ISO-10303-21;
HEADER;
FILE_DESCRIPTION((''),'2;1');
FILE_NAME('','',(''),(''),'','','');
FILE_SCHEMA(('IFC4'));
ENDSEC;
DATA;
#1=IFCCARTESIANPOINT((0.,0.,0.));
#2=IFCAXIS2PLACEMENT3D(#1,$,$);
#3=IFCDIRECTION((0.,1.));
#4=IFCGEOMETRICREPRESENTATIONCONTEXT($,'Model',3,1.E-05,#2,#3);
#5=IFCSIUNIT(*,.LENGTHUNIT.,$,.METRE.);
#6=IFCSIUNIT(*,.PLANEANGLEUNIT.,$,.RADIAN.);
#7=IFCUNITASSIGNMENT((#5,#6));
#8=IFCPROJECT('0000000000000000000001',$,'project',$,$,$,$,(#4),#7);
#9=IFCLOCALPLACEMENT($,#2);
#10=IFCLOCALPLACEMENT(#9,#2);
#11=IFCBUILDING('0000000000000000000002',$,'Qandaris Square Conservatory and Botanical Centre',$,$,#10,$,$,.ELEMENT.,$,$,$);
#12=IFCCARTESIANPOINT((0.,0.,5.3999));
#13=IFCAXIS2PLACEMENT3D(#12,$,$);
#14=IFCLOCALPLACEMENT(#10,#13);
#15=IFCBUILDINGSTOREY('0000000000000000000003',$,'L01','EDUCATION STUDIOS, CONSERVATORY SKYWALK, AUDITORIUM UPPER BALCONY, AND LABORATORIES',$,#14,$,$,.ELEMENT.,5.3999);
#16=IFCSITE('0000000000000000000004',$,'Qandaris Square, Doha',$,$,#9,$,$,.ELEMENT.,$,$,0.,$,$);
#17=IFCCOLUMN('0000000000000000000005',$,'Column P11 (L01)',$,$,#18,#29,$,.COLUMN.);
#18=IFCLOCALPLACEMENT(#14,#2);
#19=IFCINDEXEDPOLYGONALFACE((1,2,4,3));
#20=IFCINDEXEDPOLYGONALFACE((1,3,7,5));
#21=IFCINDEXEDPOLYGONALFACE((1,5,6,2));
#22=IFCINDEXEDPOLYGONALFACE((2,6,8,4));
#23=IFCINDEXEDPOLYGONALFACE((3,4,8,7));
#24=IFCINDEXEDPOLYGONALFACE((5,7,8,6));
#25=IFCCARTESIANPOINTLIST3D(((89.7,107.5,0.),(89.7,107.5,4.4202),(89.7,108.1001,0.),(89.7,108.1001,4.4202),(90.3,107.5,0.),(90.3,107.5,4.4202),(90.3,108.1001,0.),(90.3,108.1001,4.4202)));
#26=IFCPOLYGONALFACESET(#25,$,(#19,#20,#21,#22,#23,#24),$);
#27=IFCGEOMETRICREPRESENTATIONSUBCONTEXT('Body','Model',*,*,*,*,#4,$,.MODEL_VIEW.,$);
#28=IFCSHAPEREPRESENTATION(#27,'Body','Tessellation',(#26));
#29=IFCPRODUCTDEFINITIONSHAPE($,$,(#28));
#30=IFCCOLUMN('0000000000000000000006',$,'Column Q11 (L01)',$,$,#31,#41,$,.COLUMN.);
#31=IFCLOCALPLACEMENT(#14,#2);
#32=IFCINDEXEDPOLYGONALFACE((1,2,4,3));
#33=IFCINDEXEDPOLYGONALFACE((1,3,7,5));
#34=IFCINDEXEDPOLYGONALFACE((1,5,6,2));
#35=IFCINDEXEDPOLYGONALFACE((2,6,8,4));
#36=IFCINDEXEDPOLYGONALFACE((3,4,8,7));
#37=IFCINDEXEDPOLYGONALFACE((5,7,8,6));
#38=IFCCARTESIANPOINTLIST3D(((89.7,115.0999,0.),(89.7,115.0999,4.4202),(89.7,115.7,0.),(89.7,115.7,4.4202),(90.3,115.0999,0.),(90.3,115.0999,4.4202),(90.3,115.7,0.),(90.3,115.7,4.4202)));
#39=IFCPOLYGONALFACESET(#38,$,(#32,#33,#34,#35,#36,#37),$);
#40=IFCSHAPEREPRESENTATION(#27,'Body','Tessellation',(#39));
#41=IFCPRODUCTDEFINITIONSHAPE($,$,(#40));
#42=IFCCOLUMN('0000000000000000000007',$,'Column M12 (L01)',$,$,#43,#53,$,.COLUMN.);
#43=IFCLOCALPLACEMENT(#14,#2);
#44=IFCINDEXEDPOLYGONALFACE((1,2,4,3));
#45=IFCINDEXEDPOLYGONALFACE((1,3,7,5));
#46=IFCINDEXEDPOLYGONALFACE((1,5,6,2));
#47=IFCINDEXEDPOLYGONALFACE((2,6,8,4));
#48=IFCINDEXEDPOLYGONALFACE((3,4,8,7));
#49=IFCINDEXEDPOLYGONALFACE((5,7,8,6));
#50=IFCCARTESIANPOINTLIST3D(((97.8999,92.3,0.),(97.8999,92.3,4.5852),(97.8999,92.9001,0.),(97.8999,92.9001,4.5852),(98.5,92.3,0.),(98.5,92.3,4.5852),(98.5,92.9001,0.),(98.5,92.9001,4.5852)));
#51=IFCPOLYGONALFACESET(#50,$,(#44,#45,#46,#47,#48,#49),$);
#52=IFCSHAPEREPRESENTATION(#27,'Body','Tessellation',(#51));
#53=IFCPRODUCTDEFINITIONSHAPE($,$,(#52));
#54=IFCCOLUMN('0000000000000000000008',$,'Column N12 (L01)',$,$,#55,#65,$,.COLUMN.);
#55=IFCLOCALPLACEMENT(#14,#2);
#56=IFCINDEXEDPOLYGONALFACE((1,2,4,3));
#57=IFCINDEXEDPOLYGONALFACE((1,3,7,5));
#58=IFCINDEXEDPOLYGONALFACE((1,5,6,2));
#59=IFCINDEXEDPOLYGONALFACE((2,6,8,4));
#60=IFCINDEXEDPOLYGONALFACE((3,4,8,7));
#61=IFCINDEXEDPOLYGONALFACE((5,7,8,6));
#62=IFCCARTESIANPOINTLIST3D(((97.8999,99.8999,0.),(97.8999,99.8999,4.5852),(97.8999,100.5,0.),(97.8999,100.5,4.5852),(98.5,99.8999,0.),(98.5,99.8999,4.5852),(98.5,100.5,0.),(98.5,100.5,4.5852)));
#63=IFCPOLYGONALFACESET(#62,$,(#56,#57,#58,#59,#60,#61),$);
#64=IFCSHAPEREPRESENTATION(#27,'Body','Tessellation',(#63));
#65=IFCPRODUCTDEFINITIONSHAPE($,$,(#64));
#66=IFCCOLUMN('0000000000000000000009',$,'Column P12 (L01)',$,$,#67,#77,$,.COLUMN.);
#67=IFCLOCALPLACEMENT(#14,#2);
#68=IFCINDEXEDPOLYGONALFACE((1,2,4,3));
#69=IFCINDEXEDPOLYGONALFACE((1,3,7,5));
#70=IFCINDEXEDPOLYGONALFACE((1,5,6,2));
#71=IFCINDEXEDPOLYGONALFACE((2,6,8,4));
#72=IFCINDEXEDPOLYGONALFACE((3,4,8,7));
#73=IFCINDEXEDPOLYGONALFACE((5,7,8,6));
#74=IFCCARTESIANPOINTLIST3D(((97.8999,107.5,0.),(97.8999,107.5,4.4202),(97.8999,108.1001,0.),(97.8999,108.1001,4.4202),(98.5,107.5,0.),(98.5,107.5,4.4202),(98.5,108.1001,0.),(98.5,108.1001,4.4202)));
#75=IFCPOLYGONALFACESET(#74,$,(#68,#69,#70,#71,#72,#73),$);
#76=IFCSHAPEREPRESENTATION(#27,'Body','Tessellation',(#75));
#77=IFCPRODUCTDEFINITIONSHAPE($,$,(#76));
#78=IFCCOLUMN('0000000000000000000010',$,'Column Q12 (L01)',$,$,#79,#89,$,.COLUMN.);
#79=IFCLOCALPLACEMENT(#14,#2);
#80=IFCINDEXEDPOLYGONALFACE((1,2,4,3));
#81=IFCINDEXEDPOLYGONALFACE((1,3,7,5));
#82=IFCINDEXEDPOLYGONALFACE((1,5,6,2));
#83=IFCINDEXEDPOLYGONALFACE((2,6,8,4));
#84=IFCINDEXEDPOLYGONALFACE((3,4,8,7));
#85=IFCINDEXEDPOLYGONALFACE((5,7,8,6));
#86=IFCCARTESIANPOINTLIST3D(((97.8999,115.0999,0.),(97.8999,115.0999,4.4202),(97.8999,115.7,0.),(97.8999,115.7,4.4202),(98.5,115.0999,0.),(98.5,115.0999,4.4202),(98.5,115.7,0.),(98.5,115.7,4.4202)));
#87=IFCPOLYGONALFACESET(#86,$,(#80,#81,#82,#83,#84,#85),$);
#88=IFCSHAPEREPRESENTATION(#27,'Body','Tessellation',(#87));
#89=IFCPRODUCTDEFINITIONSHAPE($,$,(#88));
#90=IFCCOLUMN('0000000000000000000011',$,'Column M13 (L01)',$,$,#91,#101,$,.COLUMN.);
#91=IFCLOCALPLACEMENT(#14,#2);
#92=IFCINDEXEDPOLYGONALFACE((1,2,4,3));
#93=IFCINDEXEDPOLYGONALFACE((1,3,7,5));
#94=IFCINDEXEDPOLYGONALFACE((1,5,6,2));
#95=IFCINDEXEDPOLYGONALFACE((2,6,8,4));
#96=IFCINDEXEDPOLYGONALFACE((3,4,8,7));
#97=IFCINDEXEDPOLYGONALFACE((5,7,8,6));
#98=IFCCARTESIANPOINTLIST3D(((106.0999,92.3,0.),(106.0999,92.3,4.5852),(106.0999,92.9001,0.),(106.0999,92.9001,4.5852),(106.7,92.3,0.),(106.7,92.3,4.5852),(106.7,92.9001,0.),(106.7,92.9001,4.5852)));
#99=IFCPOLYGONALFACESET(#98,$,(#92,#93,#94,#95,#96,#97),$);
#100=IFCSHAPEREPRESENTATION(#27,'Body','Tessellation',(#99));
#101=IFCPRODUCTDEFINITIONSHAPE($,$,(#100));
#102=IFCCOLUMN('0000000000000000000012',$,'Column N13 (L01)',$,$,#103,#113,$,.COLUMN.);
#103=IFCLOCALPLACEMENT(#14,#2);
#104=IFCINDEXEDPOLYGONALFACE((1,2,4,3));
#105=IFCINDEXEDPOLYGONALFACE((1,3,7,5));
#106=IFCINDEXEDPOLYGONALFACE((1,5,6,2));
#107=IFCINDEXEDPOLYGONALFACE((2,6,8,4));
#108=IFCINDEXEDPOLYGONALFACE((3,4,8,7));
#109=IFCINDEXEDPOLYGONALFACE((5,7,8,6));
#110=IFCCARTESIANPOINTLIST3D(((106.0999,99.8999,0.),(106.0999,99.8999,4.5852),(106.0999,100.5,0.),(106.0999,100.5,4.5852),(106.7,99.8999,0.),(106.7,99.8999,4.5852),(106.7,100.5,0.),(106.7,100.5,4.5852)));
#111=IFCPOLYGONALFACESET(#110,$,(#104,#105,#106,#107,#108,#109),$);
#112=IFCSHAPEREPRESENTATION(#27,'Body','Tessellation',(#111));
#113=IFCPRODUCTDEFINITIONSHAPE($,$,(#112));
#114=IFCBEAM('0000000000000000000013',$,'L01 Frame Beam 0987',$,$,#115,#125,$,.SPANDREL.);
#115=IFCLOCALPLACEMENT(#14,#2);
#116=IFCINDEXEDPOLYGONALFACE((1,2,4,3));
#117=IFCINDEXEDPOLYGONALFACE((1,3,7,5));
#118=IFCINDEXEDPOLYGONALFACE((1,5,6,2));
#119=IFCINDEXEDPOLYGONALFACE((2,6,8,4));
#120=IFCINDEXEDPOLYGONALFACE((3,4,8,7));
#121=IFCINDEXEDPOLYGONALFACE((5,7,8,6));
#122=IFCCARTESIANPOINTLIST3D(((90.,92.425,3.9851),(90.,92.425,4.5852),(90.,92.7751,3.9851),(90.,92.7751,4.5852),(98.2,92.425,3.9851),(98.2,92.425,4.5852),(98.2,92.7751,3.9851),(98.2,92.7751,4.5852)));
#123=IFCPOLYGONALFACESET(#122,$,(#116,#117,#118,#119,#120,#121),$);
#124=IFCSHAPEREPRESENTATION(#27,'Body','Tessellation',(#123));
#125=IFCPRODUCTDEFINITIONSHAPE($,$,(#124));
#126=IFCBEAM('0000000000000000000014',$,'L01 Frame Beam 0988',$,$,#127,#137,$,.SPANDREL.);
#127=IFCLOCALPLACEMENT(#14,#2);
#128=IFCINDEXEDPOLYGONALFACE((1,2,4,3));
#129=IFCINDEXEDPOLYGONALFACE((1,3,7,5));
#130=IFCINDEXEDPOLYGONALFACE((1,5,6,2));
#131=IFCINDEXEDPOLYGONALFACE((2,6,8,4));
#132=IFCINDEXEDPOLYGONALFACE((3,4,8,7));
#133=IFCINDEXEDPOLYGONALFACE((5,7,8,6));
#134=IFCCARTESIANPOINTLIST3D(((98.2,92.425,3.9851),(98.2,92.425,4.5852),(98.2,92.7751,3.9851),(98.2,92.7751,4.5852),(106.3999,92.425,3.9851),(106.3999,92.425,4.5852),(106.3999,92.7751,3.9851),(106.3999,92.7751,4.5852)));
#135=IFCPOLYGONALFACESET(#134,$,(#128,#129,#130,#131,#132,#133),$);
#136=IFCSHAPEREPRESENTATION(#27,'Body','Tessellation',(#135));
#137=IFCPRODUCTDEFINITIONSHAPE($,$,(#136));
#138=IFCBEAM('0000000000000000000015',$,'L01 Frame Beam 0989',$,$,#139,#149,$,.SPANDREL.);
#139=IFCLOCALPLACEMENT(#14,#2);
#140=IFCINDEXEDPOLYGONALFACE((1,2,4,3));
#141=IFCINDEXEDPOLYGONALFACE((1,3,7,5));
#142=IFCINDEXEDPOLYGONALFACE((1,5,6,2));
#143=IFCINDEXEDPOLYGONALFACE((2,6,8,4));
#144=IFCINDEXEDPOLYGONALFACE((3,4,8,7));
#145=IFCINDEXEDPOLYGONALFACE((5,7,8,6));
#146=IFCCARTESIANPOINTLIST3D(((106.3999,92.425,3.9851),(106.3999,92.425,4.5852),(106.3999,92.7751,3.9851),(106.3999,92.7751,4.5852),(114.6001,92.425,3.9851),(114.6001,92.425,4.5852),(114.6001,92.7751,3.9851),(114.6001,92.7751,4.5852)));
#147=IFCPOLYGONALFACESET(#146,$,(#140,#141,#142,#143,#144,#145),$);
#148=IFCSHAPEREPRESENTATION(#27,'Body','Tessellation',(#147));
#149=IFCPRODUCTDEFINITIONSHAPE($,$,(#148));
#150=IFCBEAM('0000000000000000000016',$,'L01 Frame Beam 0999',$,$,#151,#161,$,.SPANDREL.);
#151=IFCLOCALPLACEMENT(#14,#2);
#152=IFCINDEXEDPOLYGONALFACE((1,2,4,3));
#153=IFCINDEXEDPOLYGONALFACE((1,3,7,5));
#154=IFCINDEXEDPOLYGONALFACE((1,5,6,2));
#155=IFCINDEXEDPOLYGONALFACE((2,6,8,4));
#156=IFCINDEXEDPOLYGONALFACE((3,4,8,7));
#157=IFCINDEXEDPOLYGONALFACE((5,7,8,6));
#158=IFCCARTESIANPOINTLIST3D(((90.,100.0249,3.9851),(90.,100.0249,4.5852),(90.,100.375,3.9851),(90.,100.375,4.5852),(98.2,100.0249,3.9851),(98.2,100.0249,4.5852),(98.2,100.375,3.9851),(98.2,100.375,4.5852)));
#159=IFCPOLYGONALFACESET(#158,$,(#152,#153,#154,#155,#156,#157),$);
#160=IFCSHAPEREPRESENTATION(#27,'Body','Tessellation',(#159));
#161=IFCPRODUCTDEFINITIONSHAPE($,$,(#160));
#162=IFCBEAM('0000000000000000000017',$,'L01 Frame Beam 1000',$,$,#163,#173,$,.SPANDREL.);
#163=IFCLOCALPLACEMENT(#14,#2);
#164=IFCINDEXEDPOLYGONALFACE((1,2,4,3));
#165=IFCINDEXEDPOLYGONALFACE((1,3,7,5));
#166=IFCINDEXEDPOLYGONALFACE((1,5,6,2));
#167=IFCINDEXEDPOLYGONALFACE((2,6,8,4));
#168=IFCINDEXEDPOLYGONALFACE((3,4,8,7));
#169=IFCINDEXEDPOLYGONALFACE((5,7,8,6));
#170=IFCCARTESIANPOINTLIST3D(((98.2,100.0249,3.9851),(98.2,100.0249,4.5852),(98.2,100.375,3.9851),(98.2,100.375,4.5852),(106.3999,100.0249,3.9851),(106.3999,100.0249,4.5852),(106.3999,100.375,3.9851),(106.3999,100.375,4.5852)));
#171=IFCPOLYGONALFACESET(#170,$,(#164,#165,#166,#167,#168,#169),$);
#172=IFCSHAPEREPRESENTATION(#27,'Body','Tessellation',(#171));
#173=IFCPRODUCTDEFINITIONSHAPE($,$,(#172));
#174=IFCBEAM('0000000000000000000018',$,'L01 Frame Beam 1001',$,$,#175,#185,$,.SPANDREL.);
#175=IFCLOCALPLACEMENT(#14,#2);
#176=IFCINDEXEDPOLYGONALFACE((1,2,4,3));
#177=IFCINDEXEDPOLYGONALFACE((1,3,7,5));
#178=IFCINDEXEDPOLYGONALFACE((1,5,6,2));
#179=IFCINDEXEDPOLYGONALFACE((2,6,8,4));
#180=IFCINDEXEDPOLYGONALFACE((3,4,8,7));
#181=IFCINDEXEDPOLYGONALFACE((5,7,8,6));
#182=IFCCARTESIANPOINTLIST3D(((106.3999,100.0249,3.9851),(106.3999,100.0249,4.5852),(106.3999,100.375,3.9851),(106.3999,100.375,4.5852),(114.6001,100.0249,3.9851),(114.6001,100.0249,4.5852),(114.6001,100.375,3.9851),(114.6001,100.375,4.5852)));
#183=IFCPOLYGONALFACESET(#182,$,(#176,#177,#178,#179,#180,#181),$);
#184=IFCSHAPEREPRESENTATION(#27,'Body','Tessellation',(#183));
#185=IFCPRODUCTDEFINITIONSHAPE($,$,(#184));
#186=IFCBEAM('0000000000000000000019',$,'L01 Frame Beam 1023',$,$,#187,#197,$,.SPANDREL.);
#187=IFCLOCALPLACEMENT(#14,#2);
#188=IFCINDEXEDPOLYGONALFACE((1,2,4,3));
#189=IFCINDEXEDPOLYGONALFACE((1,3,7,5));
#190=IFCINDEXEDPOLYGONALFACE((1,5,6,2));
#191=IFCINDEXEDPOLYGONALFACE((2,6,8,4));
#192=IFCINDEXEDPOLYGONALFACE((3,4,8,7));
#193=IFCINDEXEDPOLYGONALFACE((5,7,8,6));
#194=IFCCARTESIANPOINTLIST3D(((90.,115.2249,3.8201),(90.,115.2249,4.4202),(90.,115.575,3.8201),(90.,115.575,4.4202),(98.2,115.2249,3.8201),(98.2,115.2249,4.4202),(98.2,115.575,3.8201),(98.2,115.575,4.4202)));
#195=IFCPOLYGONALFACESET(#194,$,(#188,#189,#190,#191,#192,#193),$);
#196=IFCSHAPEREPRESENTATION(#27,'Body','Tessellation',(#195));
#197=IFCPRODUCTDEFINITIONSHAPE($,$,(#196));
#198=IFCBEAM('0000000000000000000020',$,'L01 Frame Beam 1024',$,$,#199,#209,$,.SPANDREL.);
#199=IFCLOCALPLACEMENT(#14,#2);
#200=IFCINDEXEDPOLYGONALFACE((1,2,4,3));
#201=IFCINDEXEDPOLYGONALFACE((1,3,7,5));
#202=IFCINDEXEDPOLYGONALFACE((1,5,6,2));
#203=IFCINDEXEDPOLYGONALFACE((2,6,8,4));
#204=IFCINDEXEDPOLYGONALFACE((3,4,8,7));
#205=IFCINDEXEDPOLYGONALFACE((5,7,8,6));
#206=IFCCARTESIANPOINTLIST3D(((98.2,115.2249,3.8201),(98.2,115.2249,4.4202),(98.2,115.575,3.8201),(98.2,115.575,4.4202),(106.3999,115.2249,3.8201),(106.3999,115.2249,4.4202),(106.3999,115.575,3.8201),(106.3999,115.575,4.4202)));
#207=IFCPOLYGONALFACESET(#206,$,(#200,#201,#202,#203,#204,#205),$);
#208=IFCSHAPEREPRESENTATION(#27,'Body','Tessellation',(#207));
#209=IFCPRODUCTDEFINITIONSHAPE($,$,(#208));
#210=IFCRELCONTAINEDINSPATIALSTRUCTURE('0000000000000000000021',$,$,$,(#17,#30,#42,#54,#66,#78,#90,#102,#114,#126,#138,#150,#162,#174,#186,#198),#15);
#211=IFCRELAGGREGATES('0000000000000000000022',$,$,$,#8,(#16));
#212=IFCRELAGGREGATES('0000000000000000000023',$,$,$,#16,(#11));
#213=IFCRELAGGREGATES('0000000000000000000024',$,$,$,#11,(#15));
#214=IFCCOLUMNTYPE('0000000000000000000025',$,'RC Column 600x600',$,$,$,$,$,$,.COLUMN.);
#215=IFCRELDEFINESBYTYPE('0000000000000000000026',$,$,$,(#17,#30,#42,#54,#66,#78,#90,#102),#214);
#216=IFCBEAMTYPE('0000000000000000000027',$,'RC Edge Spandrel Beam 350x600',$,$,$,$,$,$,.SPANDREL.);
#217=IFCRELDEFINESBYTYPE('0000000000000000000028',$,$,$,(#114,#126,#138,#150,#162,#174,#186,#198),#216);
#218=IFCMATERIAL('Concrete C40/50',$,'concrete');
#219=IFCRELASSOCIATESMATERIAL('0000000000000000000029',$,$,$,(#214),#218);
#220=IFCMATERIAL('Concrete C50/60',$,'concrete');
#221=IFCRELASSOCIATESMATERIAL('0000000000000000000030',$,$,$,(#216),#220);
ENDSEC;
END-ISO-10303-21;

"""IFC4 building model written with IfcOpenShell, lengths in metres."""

from ifc_helpers import new_model, si_unit, direction, frame, origin, origin_2d, place, context, subcontext, project, spatial, rectangle, extrude, material, material_profile, profile_set, type_object, element, save


model = new_model("IFC4")

# Units and contexts
model_context = context("Model", 3, precision=1e-05, world=origin(), true_north=direction((0.0, 1.0)))
body_context = subcontext(model_context, "Body", "Model", "MODEL_VIEW")
ifc_project = project(units=[si_unit("LENGTHUNIT", "METRE"), si_unit("PLANEANGLEUNIT", "RADIAN")], contexts=[model_context])

# Site, building, storey
site_placement = place(None, origin())
site = spatial("IfcSite", under=ifc_project, at=site_placement, Name="Qandaris Square, Doha", CompositionType="ELEMENT", RefElevation=0.0)
building_placement = place(site_placement, origin())
building = spatial("IfcBuilding", under=site, at=building_placement, Name="Qandaris Square Conservatory and Botanical Centre", CompositionType="ELEMENT")
storey_placement = place(building_placement, frame((0.0, 0.0, 5.3999)))
storey = spatial("IfcBuildingStorey", under=building, at=storey_placement, Name="L01", Description="EDUCATION STUDIOS, CONSERVATORY SKYWALK, AUDITORIUM UPPER BALCONY, AND LABORATORIES", CompositionType="ELEMENT", Elevation=5.3999)

# Columns
ifc_material_1 = material(Name="Concrete C40/50", Category="concrete")
ifc_material_profile_1 = material_profile(ifc_material_1, rectangle(XDim=0.6001, YDim=0.6001, at=origin_2d()), Name="RC-COL 600x600")
ifc_profile_set_1 = profile_set([ifc_material_profile_1], Name="Concrete C40/50")
column_type = type_object("IfcColumnType", Name="RC Column 600x600", PredefinedType="COLUMN", material=ifc_profile_set_1)
for number, where, z_axis, x_axis, name in (
    (1, (90.0, 107.8, 0.0), (0.0, 0.0, 1.0), (1.0, 0.0, 0.0), "Column P11 (L01)"),
    (2, (90.0, 115.3999, 0.0), (0.0, 0.0, 1.0), (1.0, 0.0, 0.0), "Column Q11 (L01)"),
):
    element("IfcColumn", number, at=place(storey_placement, frame(where, z_axis=z_axis, x_axis=x_axis)), inside=storey, type_object=column_type, Name=name, PredefinedType="COLUMN", context=body_context, shape_type="SweptSolid", body=[
        extrude(rectangle(XDim=0.6001, YDim=0.6001, at=origin_2d()), origin(), (0.0, 0.0, 1.0), 4.4202),
    ])
for number, where, z_axis, x_axis, name in (
    (3, (98.2, 92.6001, 0.0), (0.0, 0.0, 1.0), (1.0, 0.0, 0.0), "Column M12 (L01)"),
    (4, (98.2, 100.2, 0.0), (0.0, 0.0, 1.0), (1.0, 0.0, 0.0), "Column N12 (L01)"),
):
    element("IfcColumn", number, at=place(storey_placement, frame(where, z_axis=z_axis, x_axis=x_axis)), inside=storey, type_object=column_type, Name=name, PredefinedType="COLUMN", context=body_context, shape_type="SweptSolid", body=[
        extrude(rectangle(XDim=0.6001, YDim=0.6001, at=origin_2d()), origin(), (0.0, 0.0, 1.0), 4.5852),
    ])
for number, where, z_axis, x_axis, name in (
    (5, (98.2, 107.8, 0.0), (0.0, 0.0, 1.0), (1.0, 0.0, 0.0), "Column P12 (L01)"),
    (6, (98.2, 115.3999, 0.0), (0.0, 0.0, 1.0), (1.0, 0.0, 0.0), "Column Q12 (L01)"),
):
    element("IfcColumn", number, at=place(storey_placement, frame(where, z_axis=z_axis, x_axis=x_axis)), inside=storey, type_object=column_type, Name=name, PredefinedType="COLUMN", context=body_context, shape_type="SweptSolid", body=[
        extrude(rectangle(XDim=0.6001, YDim=0.6001, at=origin_2d()), origin(), (0.0, 0.0, 1.0), 4.4202),
    ])
for number, where, z_axis, x_axis, name in (
    (7, (106.3999, 92.6001, 0.0), (0.0, 0.0, 1.0), (1.0, 0.0, 0.0), "Column M13 (L01)"),
    (8, (106.3999, 100.2, 0.0), (0.0, 0.0, 1.0), (1.0, 0.0, 0.0), "Column N13 (L01)"),
):
    element("IfcColumn", number, at=place(storey_placement, frame(where, z_axis=z_axis, x_axis=x_axis)), inside=storey, type_object=column_type, Name=name, PredefinedType="COLUMN", context=body_context, shape_type="SweptSolid", body=[
        extrude(rectangle(XDim=0.6001, YDim=0.6001, at=origin_2d()), origin(), (0.0, 0.0, 1.0), 4.5852),
    ])

# Beams
ifc_material_2 = material(Name="Concrete C50/60", Category="concrete")
ifc_material_profile_2 = material_profile(ifc_material_2, rectangle(XDim=0.3501, YDim=0.6001, at=origin_2d()), Name="RC-SP 350x600")
ifc_profile_set_2 = profile_set([ifc_material_profile_2], Name="Concrete C50/60")
beam_type_1 = type_object("IfcBeamType", Name="RC Edge Spandrel Beam 350x600", PredefinedType="SPANDREL", material=ifc_profile_set_2)
for number, where, z_axis, x_axis, name in (
    (9, (90.0, 92.6001, 4.2852), (1.0, 0.0, 0.0), (0.0, 1.0, 0.0), "L01 Frame Beam 0987"),
    (10, (98.2, 92.6001, 4.2852), (1.0, 0.0, 0.0), (0.0, 1.0, 0.0), "L01 Frame Beam 0988"),
):
    element("IfcBeam", number, at=place(storey_placement, frame(where, z_axis=z_axis, x_axis=x_axis)), inside=storey, type_object=beam_type_1, Name=name, PredefinedType="SPANDREL", context=body_context, shape_type="SweptSolid", body=[
        extrude(rectangle(XDim=0.3501, YDim=0.6001, at=origin_2d()), origin(), (0.0, 0.0, 1.0), 8.2),
    ])
beam_1_placement = place(storey_placement, frame((106.3999, 92.6001, 4.2852), z_axis=(1.0, 0.0, 0.0), x_axis=(0.0, 1.0, 0.0)))
element("IfcBeam", 11, at=beam_1_placement, inside=storey, type_object=beam_type_1, Name="L01 Frame Beam 0989", PredefinedType="SPANDREL", context=body_context, shape_type="SweptSolid", body=[
    extrude(rectangle(XDim=0.3501, YDim=0.6001, at=origin_2d()), origin(), (0.0, 0.0, 1.0), 8.2002),
])
for number, where, z_axis, x_axis, name in (
    (12, (90.0, 100.2, 4.2852), (1.0, 0.0, 0.0), (0.0, 1.0, 0.0), "L01 Frame Beam 0999"),
    (13, (98.2, 100.2, 4.2852), (1.0, 0.0, 0.0), (0.0, 1.0, 0.0), "L01 Frame Beam 1000"),
):
    element("IfcBeam", number, at=place(storey_placement, frame(where, z_axis=z_axis, x_axis=x_axis)), inside=storey, type_object=beam_type_1, Name=name, PredefinedType="SPANDREL", context=body_context, shape_type="SweptSolid", body=[
        extrude(rectangle(XDim=0.3501, YDim=0.6001, at=origin_2d()), origin(), (0.0, 0.0, 1.0), 8.2),
    ])
beam_2_placement = place(storey_placement, frame((106.3999, 100.2, 4.2852), z_axis=(1.0, 0.0, 0.0), x_axis=(0.0, 1.0, 0.0)))
element("IfcBeam", 14, at=beam_2_placement, inside=storey, type_object=beam_type_1, Name="L01 Frame Beam 1001", PredefinedType="SPANDREL", context=body_context, shape_type="SweptSolid", body=[
    extrude(rectangle(XDim=0.3501, YDim=0.6001, at=origin_2d()), origin(), (0.0, 0.0, 1.0), 8.2002),
])
for number, where, z_axis, x_axis, name in (
    (15, (90.0, 115.3999, 4.1201), (1.0, 0.0, 0.0), (0.0, 1.0, 0.0), "L01 Frame Beam 1023"),
    (16, (98.2, 115.3999, 4.1201), (1.0, 0.0, 0.0), (0.0, 1.0, 0.0), "L01 Frame Beam 1024"),
):
    element("IfcBeam", number, at=place(storey_placement, frame(where, z_axis=z_axis, x_axis=x_axis)), inside=storey, type_object=beam_type_1, Name=name, PredefinedType="SPANDREL", context=body_context, shape_type="SweptSolid", body=[
        extrude(rectangle(XDim=0.3501, YDim=0.6001, at=origin_2d()), origin(), (0.0, 0.0, 1.0), 8.2),
    ])

save(model, "model.ifc")
